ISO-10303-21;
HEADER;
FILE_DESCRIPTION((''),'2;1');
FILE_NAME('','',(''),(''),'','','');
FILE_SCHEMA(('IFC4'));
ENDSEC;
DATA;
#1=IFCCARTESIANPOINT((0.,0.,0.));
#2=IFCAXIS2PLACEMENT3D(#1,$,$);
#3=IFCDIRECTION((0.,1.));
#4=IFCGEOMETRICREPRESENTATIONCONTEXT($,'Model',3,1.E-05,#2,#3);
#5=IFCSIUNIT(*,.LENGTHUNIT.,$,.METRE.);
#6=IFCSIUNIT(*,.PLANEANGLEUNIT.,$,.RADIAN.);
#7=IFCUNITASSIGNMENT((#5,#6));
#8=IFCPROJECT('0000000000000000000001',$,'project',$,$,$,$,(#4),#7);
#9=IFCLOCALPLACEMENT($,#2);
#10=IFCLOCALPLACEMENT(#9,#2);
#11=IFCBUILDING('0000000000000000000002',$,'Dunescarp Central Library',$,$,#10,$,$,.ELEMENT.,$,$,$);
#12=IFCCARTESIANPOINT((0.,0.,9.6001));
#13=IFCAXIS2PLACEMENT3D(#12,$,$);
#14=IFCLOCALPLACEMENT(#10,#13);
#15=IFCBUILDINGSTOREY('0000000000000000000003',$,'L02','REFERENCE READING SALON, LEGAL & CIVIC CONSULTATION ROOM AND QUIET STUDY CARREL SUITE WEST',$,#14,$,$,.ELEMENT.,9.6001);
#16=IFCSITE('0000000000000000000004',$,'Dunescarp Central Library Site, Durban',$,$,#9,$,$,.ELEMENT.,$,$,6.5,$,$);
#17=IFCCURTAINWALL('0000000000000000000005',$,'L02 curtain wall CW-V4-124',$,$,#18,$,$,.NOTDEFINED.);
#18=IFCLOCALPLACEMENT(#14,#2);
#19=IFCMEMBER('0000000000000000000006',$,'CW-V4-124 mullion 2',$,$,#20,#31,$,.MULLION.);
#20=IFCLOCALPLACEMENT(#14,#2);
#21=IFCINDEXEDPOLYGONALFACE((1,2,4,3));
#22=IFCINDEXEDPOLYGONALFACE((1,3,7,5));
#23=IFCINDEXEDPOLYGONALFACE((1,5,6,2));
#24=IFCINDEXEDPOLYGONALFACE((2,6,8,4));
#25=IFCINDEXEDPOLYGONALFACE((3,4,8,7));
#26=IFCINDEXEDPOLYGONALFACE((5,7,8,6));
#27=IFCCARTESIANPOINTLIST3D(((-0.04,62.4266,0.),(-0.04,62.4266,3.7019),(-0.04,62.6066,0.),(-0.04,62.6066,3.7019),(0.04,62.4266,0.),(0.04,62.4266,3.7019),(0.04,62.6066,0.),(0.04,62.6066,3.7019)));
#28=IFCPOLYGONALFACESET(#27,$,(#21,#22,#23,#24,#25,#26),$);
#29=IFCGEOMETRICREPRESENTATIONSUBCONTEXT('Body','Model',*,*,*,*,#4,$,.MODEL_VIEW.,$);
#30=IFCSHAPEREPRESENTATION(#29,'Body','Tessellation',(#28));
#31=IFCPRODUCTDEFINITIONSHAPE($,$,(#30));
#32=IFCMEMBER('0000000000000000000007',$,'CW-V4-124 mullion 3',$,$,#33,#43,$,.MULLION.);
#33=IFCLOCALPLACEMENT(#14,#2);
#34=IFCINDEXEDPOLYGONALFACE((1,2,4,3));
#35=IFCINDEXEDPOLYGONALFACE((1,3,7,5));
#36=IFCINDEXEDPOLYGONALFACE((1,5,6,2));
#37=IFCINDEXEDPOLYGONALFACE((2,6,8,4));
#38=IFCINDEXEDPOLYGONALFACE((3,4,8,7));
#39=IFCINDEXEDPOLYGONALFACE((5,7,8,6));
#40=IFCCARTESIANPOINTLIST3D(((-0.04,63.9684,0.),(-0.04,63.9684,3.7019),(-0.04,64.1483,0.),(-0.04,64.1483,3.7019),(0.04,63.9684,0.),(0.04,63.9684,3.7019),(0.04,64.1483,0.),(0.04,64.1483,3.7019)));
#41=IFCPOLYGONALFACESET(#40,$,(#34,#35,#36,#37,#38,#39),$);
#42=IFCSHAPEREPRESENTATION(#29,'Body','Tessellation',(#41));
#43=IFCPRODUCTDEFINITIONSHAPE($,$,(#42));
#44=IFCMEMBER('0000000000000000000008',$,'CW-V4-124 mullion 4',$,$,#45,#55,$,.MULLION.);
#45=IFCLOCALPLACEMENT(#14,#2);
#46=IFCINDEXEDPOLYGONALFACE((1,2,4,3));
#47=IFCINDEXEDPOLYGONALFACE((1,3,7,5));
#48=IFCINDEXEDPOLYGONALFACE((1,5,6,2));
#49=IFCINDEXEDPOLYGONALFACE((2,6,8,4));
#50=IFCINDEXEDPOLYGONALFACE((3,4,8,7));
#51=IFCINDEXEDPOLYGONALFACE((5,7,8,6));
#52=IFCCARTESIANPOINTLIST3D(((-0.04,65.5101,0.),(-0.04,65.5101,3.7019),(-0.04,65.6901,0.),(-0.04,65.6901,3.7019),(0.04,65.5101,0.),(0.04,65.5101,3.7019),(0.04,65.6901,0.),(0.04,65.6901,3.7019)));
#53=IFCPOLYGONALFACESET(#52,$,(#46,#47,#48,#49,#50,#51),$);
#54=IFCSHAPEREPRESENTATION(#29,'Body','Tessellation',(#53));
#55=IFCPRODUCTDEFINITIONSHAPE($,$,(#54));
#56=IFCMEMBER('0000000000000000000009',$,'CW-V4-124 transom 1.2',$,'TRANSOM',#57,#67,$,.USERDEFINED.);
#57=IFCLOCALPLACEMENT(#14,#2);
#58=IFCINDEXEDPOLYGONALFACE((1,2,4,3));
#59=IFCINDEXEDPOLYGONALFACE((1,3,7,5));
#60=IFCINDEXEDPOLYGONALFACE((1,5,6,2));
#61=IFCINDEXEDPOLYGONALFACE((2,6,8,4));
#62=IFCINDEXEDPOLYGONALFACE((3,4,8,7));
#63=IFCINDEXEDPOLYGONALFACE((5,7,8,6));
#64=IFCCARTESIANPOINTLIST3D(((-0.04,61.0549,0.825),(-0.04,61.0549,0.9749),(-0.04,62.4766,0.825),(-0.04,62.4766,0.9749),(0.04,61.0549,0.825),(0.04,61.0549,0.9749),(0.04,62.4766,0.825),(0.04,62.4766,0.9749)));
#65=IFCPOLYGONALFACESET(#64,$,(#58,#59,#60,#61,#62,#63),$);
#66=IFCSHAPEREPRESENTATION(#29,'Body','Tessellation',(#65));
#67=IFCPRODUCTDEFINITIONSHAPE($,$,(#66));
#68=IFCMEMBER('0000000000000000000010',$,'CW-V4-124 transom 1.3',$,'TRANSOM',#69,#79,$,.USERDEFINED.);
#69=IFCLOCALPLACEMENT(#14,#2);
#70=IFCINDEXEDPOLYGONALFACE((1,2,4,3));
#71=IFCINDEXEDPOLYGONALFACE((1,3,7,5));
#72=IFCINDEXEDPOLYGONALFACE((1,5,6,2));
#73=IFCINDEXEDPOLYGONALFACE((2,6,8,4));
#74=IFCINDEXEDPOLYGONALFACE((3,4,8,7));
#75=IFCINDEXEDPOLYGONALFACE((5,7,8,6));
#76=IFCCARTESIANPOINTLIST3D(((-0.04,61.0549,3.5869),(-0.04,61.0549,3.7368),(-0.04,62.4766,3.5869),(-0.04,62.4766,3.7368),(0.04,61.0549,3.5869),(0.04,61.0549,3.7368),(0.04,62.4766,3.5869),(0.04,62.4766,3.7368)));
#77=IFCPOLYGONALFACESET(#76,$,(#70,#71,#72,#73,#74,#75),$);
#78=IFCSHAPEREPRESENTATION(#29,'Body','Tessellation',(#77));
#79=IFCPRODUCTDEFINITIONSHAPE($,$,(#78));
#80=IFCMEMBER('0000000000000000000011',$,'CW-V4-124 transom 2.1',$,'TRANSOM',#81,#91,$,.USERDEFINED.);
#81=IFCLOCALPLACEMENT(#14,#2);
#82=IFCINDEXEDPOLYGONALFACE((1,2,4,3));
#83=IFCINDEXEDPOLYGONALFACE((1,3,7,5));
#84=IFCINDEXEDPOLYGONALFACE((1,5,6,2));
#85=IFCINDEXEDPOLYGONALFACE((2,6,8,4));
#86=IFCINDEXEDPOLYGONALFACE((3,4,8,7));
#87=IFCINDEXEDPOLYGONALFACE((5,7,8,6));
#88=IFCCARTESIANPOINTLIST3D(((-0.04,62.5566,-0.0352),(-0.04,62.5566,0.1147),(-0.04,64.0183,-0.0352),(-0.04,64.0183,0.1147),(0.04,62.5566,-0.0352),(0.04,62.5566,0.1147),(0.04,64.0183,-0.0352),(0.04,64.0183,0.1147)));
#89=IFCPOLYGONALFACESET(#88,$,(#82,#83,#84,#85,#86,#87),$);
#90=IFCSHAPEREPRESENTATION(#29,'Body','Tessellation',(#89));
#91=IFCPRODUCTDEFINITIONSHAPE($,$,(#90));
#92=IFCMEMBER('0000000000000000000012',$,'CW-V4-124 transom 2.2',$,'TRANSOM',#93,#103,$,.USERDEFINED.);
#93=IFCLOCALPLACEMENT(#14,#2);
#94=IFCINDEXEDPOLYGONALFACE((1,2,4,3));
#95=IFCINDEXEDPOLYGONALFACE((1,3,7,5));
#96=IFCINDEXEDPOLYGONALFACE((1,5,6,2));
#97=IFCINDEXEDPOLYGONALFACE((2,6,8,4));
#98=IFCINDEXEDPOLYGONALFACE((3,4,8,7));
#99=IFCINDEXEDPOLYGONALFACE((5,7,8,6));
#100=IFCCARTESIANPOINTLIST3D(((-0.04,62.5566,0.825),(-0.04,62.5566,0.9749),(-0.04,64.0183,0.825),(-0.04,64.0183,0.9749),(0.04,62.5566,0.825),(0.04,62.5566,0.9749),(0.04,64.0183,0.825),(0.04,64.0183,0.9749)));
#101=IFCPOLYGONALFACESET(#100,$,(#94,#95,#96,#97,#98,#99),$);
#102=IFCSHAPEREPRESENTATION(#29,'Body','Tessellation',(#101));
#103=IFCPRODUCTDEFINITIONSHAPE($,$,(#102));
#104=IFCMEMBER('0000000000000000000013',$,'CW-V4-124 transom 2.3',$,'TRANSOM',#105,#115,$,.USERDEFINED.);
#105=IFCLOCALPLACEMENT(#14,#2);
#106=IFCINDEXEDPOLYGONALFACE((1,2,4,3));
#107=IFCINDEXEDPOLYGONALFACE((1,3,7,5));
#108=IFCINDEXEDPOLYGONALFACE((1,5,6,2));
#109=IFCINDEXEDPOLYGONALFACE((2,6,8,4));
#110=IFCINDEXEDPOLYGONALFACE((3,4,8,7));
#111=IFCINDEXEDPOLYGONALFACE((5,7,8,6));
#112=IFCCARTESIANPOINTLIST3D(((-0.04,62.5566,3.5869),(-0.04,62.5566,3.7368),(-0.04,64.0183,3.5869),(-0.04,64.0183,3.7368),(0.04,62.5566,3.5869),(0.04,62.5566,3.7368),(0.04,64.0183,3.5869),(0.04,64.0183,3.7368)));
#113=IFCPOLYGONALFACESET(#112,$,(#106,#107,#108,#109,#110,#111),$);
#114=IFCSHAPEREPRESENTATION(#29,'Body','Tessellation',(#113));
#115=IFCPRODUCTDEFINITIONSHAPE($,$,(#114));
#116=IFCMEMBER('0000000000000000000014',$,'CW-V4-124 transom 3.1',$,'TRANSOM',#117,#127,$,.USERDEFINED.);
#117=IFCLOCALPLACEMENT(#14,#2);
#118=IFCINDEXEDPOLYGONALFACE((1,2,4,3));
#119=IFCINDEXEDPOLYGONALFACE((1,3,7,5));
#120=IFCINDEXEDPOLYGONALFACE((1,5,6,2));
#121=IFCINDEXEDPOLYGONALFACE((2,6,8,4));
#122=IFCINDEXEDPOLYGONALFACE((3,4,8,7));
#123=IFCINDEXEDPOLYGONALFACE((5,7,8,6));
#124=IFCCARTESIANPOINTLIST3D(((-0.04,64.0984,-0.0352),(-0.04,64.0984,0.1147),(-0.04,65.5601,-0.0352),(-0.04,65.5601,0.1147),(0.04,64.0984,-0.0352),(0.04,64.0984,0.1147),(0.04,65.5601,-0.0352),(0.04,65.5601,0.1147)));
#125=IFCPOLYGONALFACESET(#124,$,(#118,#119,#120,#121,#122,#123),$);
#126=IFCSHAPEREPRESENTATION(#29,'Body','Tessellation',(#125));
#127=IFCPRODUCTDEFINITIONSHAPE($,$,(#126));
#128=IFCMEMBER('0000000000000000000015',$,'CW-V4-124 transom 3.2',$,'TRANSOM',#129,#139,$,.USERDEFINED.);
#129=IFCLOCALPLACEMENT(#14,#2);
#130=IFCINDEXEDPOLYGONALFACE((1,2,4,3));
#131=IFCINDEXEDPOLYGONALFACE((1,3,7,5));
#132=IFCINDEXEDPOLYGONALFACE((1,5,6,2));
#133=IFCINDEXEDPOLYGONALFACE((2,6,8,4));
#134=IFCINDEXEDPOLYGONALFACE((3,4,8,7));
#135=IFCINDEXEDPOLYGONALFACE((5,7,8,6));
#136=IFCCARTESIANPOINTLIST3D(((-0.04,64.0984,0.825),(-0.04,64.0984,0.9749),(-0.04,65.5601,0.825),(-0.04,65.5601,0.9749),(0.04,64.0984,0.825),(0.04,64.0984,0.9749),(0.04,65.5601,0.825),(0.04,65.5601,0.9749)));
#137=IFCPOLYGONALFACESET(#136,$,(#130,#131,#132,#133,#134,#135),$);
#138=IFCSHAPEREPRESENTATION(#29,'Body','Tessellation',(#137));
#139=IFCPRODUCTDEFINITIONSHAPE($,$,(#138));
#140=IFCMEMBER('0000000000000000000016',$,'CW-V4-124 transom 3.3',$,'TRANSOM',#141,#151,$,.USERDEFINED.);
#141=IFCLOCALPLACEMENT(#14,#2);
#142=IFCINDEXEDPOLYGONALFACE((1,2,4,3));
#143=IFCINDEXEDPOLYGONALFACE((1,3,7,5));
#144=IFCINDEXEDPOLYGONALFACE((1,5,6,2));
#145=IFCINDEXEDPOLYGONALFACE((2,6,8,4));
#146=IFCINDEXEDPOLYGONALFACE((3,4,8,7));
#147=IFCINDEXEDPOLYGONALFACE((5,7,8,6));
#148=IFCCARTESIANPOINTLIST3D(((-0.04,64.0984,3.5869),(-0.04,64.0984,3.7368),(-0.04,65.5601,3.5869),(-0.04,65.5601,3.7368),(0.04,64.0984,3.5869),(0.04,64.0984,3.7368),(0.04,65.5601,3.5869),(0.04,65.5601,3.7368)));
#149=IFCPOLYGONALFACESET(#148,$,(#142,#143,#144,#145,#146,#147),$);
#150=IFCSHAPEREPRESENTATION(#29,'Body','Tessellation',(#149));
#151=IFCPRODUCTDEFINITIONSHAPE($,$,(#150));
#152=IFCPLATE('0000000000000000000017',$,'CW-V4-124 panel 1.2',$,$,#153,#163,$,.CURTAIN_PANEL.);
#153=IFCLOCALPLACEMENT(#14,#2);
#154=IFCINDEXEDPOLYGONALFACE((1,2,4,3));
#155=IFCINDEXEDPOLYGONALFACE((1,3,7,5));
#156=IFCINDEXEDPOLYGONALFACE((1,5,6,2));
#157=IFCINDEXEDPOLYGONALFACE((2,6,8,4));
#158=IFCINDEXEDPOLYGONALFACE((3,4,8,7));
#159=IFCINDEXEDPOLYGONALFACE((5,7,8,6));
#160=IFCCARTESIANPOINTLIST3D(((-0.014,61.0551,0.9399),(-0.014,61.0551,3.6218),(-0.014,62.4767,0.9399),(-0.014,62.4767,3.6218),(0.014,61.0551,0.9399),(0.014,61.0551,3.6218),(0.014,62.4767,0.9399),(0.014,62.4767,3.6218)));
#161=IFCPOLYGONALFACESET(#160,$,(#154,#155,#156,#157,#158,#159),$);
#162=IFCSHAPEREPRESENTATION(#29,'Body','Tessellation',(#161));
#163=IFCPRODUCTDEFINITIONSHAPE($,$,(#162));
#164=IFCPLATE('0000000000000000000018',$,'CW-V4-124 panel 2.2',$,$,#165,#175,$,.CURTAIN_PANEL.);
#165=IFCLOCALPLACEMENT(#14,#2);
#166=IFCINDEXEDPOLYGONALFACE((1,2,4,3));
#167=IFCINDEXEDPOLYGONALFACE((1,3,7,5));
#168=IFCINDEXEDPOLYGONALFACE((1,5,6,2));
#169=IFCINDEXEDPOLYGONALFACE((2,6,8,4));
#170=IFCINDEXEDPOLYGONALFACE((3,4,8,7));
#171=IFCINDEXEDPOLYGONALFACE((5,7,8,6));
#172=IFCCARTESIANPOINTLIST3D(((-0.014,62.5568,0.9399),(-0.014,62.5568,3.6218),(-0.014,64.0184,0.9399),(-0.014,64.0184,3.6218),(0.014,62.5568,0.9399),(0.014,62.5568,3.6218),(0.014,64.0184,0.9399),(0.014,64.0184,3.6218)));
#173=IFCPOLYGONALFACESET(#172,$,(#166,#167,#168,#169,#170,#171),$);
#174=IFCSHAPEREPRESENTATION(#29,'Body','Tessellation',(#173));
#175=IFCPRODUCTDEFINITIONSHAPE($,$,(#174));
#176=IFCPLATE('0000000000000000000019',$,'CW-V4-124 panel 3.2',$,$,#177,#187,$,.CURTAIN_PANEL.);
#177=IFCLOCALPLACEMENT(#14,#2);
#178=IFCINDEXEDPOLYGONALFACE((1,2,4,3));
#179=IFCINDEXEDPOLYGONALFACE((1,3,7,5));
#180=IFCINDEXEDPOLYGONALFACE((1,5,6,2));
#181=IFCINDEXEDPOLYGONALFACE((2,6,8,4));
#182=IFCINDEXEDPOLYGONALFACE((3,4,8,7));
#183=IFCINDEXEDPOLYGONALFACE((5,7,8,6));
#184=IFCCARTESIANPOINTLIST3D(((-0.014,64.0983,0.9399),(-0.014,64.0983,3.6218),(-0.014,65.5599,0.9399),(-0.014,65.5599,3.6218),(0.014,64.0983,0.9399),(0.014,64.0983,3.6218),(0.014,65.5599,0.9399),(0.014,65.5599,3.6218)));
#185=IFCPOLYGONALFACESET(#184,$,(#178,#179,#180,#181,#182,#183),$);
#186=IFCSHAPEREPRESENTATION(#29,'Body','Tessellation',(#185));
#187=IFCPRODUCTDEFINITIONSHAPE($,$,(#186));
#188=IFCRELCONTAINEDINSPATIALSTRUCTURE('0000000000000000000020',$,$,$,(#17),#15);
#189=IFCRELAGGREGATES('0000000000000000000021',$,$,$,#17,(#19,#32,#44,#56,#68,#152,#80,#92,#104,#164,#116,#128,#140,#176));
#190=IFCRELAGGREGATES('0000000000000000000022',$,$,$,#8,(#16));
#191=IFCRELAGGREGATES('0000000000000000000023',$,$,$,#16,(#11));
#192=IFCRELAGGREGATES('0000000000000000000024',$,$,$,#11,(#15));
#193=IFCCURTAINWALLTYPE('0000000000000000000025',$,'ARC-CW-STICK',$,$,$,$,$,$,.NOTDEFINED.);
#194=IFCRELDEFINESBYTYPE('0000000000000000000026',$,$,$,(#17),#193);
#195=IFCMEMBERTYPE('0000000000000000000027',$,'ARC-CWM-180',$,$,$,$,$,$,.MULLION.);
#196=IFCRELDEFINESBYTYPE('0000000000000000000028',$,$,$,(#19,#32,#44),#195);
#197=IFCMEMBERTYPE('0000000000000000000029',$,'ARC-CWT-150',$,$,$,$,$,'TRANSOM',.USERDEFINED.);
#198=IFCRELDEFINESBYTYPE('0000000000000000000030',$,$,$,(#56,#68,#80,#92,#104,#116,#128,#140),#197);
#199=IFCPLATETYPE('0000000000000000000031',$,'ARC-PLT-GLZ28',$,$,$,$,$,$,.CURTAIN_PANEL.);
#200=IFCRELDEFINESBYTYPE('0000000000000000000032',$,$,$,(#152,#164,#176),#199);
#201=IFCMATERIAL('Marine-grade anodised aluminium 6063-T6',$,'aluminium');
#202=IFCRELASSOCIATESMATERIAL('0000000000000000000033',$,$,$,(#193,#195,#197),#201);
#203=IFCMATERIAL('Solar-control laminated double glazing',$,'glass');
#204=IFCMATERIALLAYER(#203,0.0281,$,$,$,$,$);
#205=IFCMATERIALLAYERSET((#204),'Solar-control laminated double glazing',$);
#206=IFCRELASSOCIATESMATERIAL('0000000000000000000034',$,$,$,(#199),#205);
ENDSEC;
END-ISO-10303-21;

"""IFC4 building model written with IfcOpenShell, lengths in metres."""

from ifc_helpers import new_model, si_unit, direction, frame, origin, origin_2d, place, context, subcontext, project, spatial, rectangle, extrude, material, layer, layer_set, material_profile, profile_set, type_object, element, aggregate, save


model = new_model("IFC4")

# Units and contexts
model_context = context("Model", 3, precision=1e-05, world=origin(), true_north=direction((0.0, 1.0)))
body_context = subcontext(model_context, "Body", "Model", "MODEL_VIEW")
ifc_project = project(units=[si_unit("LENGTHUNIT", "METRE"), si_unit("PLANEANGLEUNIT", "RADIAN")], contexts=[model_context])

# Site, building, storey
site_placement = place(None, origin())
site = spatial("IfcSite", under=ifc_project, at=site_placement, Name="Dunescarp Central Library Site, Durban", CompositionType="ELEMENT", RefElevation=6.5)
building_placement = place(site_placement, origin())
building = spatial("IfcBuilding", under=site, at=building_placement, Name="Dunescarp Central Library", CompositionType="ELEMENT")
storey_placement = place(building_placement, frame((0.0, 0.0, 9.6001)))
storey = spatial("IfcBuildingStorey", under=building, at=storey_placement, Name="L02", Description="REFERENCE READING SALON, LEGAL & CIVIC CONSULTATION ROOM AND QUIET STUDY CARREL SUITE WEST", CompositionType="ELEMENT", Elevation=9.6001)

# Curtain wall, members, plates
ifc_material_1 = material(Name="Marine-grade anodised aluminium 6063-T6", Category="aluminium")
curtain_wall_type = type_object("IfcCurtainWallType", Name="ARC-CW-STICK", PredefinedType="NOTDEFINED", material=ifc_material_1)
curtain_wall_placement = place(storey_placement, origin())
curtain_wall = element("IfcCurtainWall", 1, at=curtain_wall_placement, inside=storey, type_object=curtain_wall_type, Name="L02 curtain wall CW-V4-124", PredefinedType="NOTDEFINED")
ifc_material_profile_1 = material_profile(ifc_material_1, rectangle(XDim=0.0801, YDim=0.1799, at=origin_2d()), Name="AL 80x180")
ifc_profile_set_1 = profile_set([ifc_material_profile_1], Name="Marine-grade anodised aluminium 6063-T6")
member_type_1 = type_object("IfcMemberType", Name="ARC-CWM-180", PredefinedType="MULLION", material=ifc_profile_set_1)
member_1_placement = place(storey_placement, frame((0.0, 62.5166, 0.0), z_axis=(0.0, 0.0, 1.0), x_axis=(-1.0, 0.0, 0.0)))
member_1 = element("IfcMember", 2, at=member_1_placement, type_object=member_type_1, Name="CW-V4-124 mullion 2", PredefinedType="MULLION", context=body_context, shape_type="SweptSolid", body=[
    extrude(rectangle(XDim=0.0801, YDim=0.1799, at=origin_2d()), origin(), (0.0, 0.0, 1.0), 3.7019),
])
member_2_placement = place(storey_placement, frame((0.0, 64.0583, 0.0), z_axis=(0.0, 0.0, 1.0), x_axis=(-1.0, 0.0, 0.0)))
member_2 = element("IfcMember", 3, at=member_2_placement, type_object=member_type_1, Name="CW-V4-124 mullion 3", PredefinedType="MULLION", context=body_context, shape_type="SweptSolid", body=[
    extrude(rectangle(XDim=0.0801, YDim=0.1799, at=origin_2d()), origin(), (0.0, 0.0, 1.0), 3.7019),
])
member_3_placement = place(storey_placement, frame((0.0, 65.6001, 0.0), z_axis=(0.0, 0.0, 1.0), x_axis=(-1.0, 0.0, 0.0)))
member_3 = element("IfcMember", 4, at=member_3_placement, type_object=member_type_1, Name="CW-V4-124 mullion 4", PredefinedType="MULLION", context=body_context, shape_type="SweptSolid", body=[
    extrude(rectangle(XDim=0.0801, YDim=0.1799, at=origin_2d()), origin(), (0.0, 0.0, 1.0), 3.7019),
])
ifc_material_profile_2 = material_profile(ifc_material_1, rectangle(XDim=0.0801, YDim=0.1499, at=origin_2d()), Name="AL 80x150")
ifc_profile_set_2 = profile_set([ifc_material_profile_2], Name="Marine-grade anodised aluminium 6063-T6")
member_type_2 = type_object("IfcMemberType", Name="ARC-CWT-150", ElementType="TRANSOM", PredefinedType="USERDEFINED", material=ifc_profile_set_2)
member_4_placement = place(storey_placement, frame((0.0, 61.0549, 0.8999), z_axis=(0.0, 1.0, 0.0), x_axis=(-1.0, 0.0, 0.0)))
member_4 = element("IfcMember", 5, at=member_4_placement, type_object=member_type_2, Name="CW-V4-124 transom 1.2", ObjectType="TRANSOM", PredefinedType="USERDEFINED", context=body_context, shape_type="SweptSolid", body=[
    extrude(rectangle(XDim=0.0801, YDim=0.1499, at=origin_2d()), origin(), (0.0, 0.0, 1.0), 1.4216),
])
member_5_placement = place(storey_placement, frame((0.0, 61.0549, 3.6619), z_axis=(0.0, 1.0, 0.0), x_axis=(-1.0, 0.0, 0.0)))
member_5 = element("IfcMember", 6, at=member_5_placement, type_object=member_type_2, Name="CW-V4-124 transom 1.3", ObjectType="TRANSOM", PredefinedType="USERDEFINED", context=body_context, shape_type="SweptSolid", body=[
    extrude(rectangle(XDim=0.0801, YDim=0.1499, at=origin_2d()), origin(), (0.0, 0.0, 1.0), 1.4216),
])
member_6_placement = place(storey_placement, frame((0.0, 62.5566, 0.0398), z_axis=(0.0, 1.0, 0.0), x_axis=(-1.0, 0.0, 0.0)))
member_6 = element("IfcMember", 7, at=member_6_placement, type_object=member_type_2, Name="CW-V4-124 transom 2.1", ObjectType="TRANSOM", PredefinedType="USERDEFINED", context=body_context, shape_type="SweptSolid", body=[
    extrude(rectangle(XDim=0.0801, YDim=0.1499, at=origin_2d()), origin(), (0.0, 0.0, 1.0), 1.4617),
])
member_7_placement = place(storey_placement, frame((0.0, 62.5566, 0.8999), z_axis=(0.0, 1.0, 0.0), x_axis=(-1.0, 0.0, 0.0)))
member_7 = element("IfcMember", 8, at=member_7_placement, type_object=member_type_2, Name="CW-V4-124 transom 2.2", ObjectType="TRANSOM", PredefinedType="USERDEFINED", context=body_context, shape_type="SweptSolid", body=[
    extrude(rectangle(XDim=0.0801, YDim=0.1499, at=origin_2d()), origin(), (0.0, 0.0, 1.0), 1.4617),
])
member_8_placement = place(storey_placement, frame((0.0, 62.5566, 3.6619), z_axis=(0.0, 1.0, 0.0), x_axis=(-1.0, 0.0, 0.0)))
member_8 = element("IfcMember", 9, at=member_8_placement, type_object=member_type_2, Name="CW-V4-124 transom 2.3", ObjectType="TRANSOM", PredefinedType="USERDEFINED", context=body_context, shape_type="SweptSolid", body=[
    extrude(rectangle(XDim=0.0801, YDim=0.1499, at=origin_2d()), origin(), (0.0, 0.0, 1.0), 1.4617),
])
member_9_placement = place(storey_placement, frame((0.0, 64.0984, 0.0398), z_axis=(0.0, 1.0, 0.0), x_axis=(-1.0, 0.0, 0.0)))
member_9 = element("IfcMember", 10, at=member_9_placement, type_object=member_type_2, Name="CW-V4-124 transom 3.1", ObjectType="TRANSOM", PredefinedType="USERDEFINED", context=body_context, shape_type="SweptSolid", body=[
    extrude(rectangle(XDim=0.0801, YDim=0.1499, at=origin_2d()), origin(), (0.0, 0.0, 1.0), 1.4617),
])
member_10_placement = place(storey_placement, frame((0.0, 64.0984, 0.8999), z_axis=(0.0, 1.0, 0.0), x_axis=(-1.0, 0.0, 0.0)))
member_10 = element("IfcMember", 11, at=member_10_placement, type_object=member_type_2, Name="CW-V4-124 transom 3.2", ObjectType="TRANSOM", PredefinedType="USERDEFINED", context=body_context, shape_type="SweptSolid", body=[
    extrude(rectangle(XDim=0.0801, YDim=0.1499, at=origin_2d()), origin(), (0.0, 0.0, 1.0), 1.4617),
])
member_11_placement = place(storey_placement, frame((0.0, 64.0984, 3.6619), z_axis=(0.0, 1.0, 0.0), x_axis=(-1.0, 0.0, 0.0)))
member_11 = element("IfcMember", 12, at=member_11_placement, type_object=member_type_2, Name="CW-V4-124 transom 3.3", ObjectType="TRANSOM", PredefinedType="USERDEFINED", context=body_context, shape_type="SweptSolid", body=[
    extrude(rectangle(XDim=0.0801, YDim=0.1499, at=origin_2d()), origin(), (0.0, 0.0, 1.0), 1.4617),
])
ifc_material_2 = material(Name="Solar-control laminated double glazing", Category="glass")
ifc_layer_1 = layer(ifc_material_2, 0.0281)
ifc_layer_set_1 = layer_set([ifc_layer_1], Name="Solar-control laminated double glazing")
plate_type_1 = type_object("IfcPlateType", Name="ARC-PLT-GLZ28", PredefinedType="CURTAIN_PANEL", material=ifc_layer_set_1)
plate_1_placement = place(storey_placement, frame((0.0, 61.7659, 0.9399), z_axis=(0.0, 0.0, 1.0), x_axis=(0.0, 1.0, 0.0)))
plate_1 = element("IfcPlate", 13, at=plate_1_placement, type_object=plate_type_1, Name="CW-V4-124 panel 1.2", PredefinedType="CURTAIN_PANEL", context=body_context, shape_type="SweptSolid", body=[
    extrude(rectangle(XDim=1.4216, YDim=0.0281, at=origin_2d()), origin(), (0.0, 0.0, 1.0), 2.6819),
])
plate_2_placement = place(storey_placement, frame((0.0, 63.2876, 0.9399), z_axis=(0.0, 0.0, 1.0), x_axis=(0.0, 1.0, 0.0)))
plate_2 = element("IfcPlate", 14, at=plate_2_placement, type_object=plate_type_1, Name="CW-V4-124 panel 2.2", PredefinedType="CURTAIN_PANEL", context=body_context, shape_type="SweptSolid", body=[
    extrude(rectangle(XDim=1.4617, YDim=0.0281, at=origin_2d()), origin(), (0.0, 0.0, 1.0), 2.6819),
])
plate_3_placement = place(storey_placement, frame((0.0, 64.8291, 0.9399), z_axis=(0.0, 0.0, 1.0), x_axis=(0.0, 1.0, 0.0)))
plate_3 = element("IfcPlate", 15, at=plate_3_placement, type_object=plate_type_1, Name="CW-V4-124 panel 3.2", PredefinedType="CURTAIN_PANEL", context=body_context, shape_type="SweptSolid", body=[
    extrude(rectangle(XDim=1.4617, YDim=0.0281, at=origin_2d()), origin(), (0.0, 0.0, 1.0), 2.6819),
])
aggregate(curtain_wall, [member_1, member_2, member_3, member_4, member_5, plate_1, member_6, member_7, member_8, plate_2, member_9, member_10, member_11, plate_3])

save(model, "model.ifc")
